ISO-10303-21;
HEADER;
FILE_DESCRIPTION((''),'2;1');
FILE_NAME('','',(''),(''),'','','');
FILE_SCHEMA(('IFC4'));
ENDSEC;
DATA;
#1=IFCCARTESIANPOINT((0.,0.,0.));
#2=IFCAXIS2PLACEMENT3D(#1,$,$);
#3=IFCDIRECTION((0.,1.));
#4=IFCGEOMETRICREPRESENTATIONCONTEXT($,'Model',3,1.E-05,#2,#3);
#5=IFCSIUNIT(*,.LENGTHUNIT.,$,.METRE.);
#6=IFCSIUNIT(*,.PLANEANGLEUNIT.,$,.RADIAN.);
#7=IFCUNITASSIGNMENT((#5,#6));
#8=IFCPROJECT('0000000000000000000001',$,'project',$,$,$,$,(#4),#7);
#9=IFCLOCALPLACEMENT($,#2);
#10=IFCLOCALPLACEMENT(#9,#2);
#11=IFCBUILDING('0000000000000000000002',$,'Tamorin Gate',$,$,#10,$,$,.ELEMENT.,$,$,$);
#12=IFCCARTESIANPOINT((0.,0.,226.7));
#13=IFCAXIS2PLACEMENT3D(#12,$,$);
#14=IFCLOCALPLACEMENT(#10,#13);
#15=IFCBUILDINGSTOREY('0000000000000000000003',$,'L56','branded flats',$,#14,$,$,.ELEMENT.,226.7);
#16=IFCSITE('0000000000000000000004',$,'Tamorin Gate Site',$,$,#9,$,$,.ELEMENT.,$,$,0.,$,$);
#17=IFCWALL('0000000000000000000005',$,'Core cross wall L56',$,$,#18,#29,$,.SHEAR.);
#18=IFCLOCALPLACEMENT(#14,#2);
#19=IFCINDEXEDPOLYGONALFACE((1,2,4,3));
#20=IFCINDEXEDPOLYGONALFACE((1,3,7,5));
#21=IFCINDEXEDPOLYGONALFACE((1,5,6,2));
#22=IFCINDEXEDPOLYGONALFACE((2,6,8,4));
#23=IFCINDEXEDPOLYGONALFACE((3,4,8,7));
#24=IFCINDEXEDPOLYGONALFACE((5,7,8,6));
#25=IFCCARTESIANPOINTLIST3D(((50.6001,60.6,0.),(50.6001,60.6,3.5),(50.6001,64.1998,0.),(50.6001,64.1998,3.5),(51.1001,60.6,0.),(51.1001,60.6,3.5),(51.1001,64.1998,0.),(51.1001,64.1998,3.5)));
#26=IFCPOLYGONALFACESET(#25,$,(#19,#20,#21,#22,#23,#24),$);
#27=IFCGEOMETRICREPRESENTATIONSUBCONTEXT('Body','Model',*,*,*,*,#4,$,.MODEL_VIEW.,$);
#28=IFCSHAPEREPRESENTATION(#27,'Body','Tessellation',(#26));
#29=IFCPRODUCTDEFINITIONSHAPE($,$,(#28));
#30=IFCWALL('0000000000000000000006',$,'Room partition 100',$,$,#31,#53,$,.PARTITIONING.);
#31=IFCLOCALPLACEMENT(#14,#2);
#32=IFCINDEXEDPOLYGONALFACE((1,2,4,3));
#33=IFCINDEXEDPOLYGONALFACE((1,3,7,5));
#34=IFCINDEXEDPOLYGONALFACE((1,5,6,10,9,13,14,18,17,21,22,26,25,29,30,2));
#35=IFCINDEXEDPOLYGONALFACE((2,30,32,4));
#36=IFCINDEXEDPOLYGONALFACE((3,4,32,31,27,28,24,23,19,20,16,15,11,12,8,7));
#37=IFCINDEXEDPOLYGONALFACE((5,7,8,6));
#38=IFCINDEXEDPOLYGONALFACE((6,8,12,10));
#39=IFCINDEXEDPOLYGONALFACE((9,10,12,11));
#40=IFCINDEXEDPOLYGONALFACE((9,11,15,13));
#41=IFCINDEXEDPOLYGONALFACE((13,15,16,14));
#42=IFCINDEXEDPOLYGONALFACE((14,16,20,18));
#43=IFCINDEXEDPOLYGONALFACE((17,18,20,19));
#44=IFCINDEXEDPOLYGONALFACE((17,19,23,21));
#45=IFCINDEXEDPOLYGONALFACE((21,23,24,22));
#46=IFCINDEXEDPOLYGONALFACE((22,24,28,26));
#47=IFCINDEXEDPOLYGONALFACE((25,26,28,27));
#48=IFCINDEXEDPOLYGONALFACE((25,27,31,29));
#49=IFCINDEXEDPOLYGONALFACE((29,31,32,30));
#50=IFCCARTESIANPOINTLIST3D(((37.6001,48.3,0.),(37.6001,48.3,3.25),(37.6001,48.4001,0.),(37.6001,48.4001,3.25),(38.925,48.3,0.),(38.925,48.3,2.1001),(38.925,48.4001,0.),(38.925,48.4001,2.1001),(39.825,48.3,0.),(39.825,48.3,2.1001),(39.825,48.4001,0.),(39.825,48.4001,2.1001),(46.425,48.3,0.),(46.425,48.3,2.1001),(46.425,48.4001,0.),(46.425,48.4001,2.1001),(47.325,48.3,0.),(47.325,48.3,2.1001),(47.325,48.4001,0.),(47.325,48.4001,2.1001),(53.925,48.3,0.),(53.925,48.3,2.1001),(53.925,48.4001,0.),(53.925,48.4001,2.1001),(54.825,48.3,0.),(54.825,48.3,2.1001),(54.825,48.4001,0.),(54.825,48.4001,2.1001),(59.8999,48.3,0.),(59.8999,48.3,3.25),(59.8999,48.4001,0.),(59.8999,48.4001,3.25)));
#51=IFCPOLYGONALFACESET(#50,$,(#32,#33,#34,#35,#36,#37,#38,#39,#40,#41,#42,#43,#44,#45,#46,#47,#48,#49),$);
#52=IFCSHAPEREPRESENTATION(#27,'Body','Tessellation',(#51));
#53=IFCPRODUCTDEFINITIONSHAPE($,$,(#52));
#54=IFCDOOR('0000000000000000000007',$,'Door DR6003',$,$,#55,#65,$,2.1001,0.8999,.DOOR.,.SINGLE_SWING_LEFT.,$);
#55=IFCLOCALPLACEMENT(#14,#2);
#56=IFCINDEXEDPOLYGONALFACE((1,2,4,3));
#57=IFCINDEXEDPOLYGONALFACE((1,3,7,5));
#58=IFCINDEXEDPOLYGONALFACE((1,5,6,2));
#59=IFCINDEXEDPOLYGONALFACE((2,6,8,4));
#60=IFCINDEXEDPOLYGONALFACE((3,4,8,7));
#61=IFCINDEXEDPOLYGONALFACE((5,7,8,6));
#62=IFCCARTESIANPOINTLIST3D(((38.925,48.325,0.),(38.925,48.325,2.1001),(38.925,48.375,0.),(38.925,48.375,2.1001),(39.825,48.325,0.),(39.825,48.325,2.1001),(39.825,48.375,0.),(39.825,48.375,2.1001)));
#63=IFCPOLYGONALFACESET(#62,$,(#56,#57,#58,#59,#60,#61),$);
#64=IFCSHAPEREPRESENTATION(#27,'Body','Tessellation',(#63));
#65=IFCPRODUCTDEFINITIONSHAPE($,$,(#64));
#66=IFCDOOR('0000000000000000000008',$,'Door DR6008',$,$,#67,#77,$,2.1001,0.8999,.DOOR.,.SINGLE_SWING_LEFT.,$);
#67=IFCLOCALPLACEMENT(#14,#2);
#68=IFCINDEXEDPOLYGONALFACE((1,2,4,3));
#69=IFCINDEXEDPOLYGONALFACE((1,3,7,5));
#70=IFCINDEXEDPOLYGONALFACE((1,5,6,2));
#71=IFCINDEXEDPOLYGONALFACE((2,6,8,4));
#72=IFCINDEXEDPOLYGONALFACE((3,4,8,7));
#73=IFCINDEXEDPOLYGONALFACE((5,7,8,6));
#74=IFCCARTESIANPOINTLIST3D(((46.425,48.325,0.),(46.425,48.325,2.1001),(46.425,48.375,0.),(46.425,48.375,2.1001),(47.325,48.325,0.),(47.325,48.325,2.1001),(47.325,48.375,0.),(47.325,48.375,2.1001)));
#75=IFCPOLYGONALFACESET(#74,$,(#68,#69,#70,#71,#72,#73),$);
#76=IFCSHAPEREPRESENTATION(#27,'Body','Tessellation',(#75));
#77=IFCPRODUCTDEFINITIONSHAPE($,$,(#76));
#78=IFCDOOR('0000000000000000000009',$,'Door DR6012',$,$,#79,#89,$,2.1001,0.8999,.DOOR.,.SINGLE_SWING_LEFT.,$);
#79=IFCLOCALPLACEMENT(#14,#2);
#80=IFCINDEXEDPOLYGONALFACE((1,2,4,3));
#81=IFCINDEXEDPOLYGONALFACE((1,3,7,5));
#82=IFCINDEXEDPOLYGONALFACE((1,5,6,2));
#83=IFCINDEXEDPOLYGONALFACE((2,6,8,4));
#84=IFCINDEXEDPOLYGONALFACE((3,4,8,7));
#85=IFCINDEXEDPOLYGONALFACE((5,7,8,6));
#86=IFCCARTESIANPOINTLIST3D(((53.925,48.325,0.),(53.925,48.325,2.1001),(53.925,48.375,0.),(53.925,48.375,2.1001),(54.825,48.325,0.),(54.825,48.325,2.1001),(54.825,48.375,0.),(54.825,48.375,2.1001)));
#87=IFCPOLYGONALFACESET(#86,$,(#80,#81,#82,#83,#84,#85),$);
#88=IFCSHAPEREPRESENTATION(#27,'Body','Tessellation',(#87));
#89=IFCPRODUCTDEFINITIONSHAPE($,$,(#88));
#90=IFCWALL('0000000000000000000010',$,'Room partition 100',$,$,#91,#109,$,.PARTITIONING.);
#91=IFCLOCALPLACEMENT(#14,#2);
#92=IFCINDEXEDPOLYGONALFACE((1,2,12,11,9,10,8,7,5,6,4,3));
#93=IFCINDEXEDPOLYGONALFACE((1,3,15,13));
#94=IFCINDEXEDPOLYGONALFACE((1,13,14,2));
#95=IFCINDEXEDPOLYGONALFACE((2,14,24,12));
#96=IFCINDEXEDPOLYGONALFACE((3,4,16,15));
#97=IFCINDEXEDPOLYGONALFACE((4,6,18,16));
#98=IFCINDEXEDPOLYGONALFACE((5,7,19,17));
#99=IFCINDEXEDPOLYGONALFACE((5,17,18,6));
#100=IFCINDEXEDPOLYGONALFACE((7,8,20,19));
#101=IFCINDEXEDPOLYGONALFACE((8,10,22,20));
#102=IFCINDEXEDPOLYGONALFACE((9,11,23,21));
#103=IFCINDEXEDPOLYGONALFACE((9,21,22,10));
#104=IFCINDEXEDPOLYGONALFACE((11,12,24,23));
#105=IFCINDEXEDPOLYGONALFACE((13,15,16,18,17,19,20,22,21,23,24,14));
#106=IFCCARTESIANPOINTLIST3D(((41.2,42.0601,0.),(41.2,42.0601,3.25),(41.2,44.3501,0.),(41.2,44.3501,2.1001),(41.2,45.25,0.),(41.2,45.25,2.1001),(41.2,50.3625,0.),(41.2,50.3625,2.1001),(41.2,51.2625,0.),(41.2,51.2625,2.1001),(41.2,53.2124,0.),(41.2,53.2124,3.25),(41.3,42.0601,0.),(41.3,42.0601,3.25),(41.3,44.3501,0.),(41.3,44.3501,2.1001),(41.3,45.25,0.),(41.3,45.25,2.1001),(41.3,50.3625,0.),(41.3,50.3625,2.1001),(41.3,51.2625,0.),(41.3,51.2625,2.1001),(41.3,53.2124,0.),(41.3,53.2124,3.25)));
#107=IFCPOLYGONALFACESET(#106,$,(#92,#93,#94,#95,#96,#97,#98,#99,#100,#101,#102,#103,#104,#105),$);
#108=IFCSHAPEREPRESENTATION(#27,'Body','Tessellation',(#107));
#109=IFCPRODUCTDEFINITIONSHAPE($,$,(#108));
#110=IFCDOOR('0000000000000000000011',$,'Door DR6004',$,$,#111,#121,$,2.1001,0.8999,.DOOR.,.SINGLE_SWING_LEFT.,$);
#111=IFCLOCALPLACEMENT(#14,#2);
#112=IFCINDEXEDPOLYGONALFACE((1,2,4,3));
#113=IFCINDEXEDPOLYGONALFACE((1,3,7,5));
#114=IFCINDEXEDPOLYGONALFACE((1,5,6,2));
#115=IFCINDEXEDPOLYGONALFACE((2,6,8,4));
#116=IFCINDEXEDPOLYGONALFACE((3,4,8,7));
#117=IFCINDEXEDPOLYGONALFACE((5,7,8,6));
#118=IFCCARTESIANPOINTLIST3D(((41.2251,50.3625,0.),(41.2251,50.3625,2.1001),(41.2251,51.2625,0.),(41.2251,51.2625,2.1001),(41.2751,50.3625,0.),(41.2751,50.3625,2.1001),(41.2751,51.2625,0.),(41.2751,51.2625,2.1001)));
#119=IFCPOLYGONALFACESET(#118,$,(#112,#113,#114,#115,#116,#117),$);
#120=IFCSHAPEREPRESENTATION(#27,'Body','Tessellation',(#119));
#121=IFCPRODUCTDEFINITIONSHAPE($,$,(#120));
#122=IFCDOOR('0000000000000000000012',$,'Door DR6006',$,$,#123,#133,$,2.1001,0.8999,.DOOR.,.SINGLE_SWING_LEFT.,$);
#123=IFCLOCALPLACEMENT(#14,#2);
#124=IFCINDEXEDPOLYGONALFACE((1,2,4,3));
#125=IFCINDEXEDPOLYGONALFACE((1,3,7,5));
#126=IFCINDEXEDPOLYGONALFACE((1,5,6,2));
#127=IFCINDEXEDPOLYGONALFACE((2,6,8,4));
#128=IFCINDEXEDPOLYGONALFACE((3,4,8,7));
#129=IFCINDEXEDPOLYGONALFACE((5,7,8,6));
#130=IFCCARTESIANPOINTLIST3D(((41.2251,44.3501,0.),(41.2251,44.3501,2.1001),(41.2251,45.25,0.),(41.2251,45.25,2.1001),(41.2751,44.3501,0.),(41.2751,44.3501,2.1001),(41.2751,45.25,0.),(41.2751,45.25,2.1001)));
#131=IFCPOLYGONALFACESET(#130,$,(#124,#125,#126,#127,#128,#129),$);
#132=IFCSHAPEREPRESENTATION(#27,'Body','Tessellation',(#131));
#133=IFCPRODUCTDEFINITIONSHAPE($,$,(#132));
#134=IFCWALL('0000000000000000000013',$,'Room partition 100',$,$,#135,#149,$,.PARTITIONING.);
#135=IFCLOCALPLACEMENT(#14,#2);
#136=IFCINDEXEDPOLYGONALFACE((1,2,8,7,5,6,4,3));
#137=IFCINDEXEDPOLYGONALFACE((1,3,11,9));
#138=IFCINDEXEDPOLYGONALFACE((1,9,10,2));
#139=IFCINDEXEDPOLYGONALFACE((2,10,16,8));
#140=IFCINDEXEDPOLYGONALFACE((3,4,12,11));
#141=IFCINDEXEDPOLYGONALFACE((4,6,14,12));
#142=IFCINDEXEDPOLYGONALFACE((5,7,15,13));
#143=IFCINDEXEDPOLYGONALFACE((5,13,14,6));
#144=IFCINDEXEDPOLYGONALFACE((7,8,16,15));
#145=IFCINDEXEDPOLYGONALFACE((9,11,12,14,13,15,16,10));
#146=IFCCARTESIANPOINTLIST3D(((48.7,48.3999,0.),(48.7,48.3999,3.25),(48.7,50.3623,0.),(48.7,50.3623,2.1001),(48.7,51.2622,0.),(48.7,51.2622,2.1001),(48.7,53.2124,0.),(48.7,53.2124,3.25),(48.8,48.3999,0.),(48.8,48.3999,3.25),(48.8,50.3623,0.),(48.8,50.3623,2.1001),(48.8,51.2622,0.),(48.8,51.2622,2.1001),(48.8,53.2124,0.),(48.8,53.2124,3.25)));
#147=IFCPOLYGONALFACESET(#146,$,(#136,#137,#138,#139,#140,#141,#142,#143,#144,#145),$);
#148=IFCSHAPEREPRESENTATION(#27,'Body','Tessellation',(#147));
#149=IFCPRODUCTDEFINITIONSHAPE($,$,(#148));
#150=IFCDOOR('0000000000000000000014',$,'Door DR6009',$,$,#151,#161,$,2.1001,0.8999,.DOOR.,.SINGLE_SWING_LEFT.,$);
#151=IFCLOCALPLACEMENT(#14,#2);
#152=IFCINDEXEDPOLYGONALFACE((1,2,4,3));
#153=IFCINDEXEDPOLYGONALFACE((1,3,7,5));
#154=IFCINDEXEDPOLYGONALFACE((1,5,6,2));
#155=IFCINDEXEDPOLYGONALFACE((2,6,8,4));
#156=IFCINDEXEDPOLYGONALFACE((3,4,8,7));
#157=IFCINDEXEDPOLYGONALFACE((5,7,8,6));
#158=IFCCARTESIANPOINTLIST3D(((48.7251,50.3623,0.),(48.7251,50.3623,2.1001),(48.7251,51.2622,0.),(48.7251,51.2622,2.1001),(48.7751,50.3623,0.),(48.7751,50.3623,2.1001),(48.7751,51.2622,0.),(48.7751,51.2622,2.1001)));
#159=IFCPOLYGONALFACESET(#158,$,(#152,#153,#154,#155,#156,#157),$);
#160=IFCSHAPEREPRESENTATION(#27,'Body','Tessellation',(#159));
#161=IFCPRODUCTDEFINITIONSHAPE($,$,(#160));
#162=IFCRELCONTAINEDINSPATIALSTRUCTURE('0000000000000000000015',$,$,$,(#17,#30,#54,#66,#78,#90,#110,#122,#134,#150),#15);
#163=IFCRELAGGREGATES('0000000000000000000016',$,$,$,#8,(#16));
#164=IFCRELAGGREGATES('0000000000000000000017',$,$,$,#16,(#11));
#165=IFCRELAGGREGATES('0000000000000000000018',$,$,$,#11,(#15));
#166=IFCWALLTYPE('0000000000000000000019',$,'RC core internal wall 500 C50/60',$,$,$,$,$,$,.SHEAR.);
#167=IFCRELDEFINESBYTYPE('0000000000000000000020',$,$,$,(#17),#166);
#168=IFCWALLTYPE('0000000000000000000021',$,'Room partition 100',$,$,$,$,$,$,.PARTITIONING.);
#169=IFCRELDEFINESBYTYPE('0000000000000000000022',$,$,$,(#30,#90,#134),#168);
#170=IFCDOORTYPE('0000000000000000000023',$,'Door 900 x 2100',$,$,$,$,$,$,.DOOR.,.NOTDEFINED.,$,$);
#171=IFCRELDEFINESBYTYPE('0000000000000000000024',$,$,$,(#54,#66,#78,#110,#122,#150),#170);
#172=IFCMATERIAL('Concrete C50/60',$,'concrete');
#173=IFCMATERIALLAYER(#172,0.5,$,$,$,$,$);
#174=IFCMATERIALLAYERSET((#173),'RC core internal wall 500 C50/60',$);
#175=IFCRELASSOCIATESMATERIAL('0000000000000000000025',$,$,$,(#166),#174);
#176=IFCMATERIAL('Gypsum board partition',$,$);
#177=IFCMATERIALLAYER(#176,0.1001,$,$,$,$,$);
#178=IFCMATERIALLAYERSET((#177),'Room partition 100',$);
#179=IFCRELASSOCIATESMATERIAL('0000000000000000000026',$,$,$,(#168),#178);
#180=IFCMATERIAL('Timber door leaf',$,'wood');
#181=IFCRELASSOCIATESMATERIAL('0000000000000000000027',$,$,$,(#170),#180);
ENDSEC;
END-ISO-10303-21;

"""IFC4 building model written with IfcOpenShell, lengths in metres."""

from ifc_helpers import new_model, si_unit, direction, frame, frame_2d, origin, place, context, subcontext, project, spatial, rectangle, extrude, material, layer, layer_set, type_object, element, fill, save


model = new_model("IFC4")

# Units and contexts
model_context = context("Model", 3, precision=1e-05, world=origin(), true_north=direction((0.0, 1.0)))
body_context = subcontext(model_context, "Body", "Model", "MODEL_VIEW")
ifc_project = project(units=[si_unit("LENGTHUNIT", "METRE"), si_unit("PLANEANGLEUNIT", "RADIAN")], contexts=[model_context])

# Site, building, storey
site_placement = place(None, origin())
site = spatial("IfcSite", under=ifc_project, at=site_placement, Name="Tamorin Gate Site", CompositionType="ELEMENT", RefElevation=0.0)
building_placement = place(site_placement, origin())
building = spatial("IfcBuilding", under=site, at=building_placement, Name="Tamorin Gate", CompositionType="ELEMENT")
storey_placement = place(building_placement, frame((0.0, 0.0, 226.7)))
storey = spatial("IfcBuildingStorey", under=building, at=storey_placement, Name="L56", Description="branded flats", CompositionType="ELEMENT", Elevation=226.7)

# Shared definitions
ifc_material_1 = material(Name="Concrete C50/60", Category="concrete")

# Wall
ifc_material_2 = material(Name="Gypsum board partition")
ifc_layer_1 = layer(ifc_material_1, 0.5)
ifc_layer_set_1 = layer_set([ifc_layer_1], Name="RC core internal wall 500 C50/60")
wall_type_1 = type_object("IfcWallType", Name="RC core internal wall 500 C50/60", PredefinedType="SHEAR", material=ifc_layer_set_1)
wall_1_placement = place(storey_placement, frame((50.8501, 60.6001, 0.0), z_axis=(0.0, 0.0, 1.0), x_axis=(0.0, 1.0, 0.0)))
element("IfcWall", 1, at=wall_1_placement, inside=storey, type_object=wall_type_1, Name="Core cross wall L56", PredefinedType="SHEAR", context=body_context, shape_type="SweptSolid", body=[
    extrude(rectangle(XDim=3.5999, YDim=0.5, at=frame_2d((1.7998, 0.0))), origin(), (0.0, 0.0, 1.0), 3.5),
])

# Walls, openings, doors
ifc_layer_2 = layer(ifc_material_2, 0.1001)
ifc_layer_set_2 = layer_set([ifc_layer_2], Name="Room partition 100")
wall_type_2 = type_object("IfcWallType", Name="Room partition 100", PredefinedType="PARTITIONING", material=ifc_layer_set_2)
wall_2_placement = place(storey_placement, frame((37.6001, 48.3501, 0.0), z_axis=(0.0, 0.0, 1.0), x_axis=(1.0, 0.0, 0.0)))
wall_2 = element("IfcWall", 2, at=wall_2_placement, inside=storey, type_object=wall_type_2, Name="Room partition 100", PredefinedType="PARTITIONING", context=body_context, shape_type="SweptSolid", body=[
    extrude(rectangle(XDim=22.2998, YDim=0.1001, at=frame_2d((11.1499, 0.0))), origin(), (0.0, 0.0, 1.0), 3.25),
])
opening_1_placement = place(wall_2_placement, frame((1.325, 0.0, 0.0)))
opening_1 = element("IfcOpeningElement", 3, at=opening_1_placement, cuts=wall_2, PredefinedType="OPENING", context=body_context, shape_type="SweptSolid", body=[
    extrude(rectangle(XDim=0.8999, YDim=2.1001, at=frame_2d((0.45, 1.05))), frame((0.0, 0.0601, 0.0), z_axis=(0.0, -1.0, 0.0), x_axis=(1.0, 0.0, 0.0)), (0.0, 0.0, 1.0), 0.1201),
])
opening_2_placement = place(wall_2_placement, frame((8.825, 0.0, 0.0)))
opening_2 = element("IfcOpeningElement", 4, at=opening_2_placement, cuts=wall_2, PredefinedType="OPENING", context=body_context, shape_type="SweptSolid", body=[
    extrude(rectangle(XDim=0.8999, YDim=2.1001, at=frame_2d((0.45, 1.05))), frame((0.0, 0.0601, 0.0), z_axis=(0.0, -1.0, 0.0), x_axis=(1.0, 0.0, 0.0)), (0.0, 0.0, 1.0), 0.1201),
])
opening_3_placement = place(wall_2_placement, frame((16.325, 0.0, 0.0)))
opening_3 = element("IfcOpeningElement", 5, at=opening_3_placement, cuts=wall_2, PredefinedType="OPENING", context=body_context, shape_type="SweptSolid", body=[
    extrude(rectangle(XDim=0.8999, YDim=2.1001, at=frame_2d((0.45, 1.05))), frame((0.0, 0.0601, 0.0), z_axis=(0.0, -1.0, 0.0), x_axis=(1.0, 0.0, 0.0)), (0.0, 0.0, 1.0), 0.1201),
])
ifc_material_3 = material(Name="Timber door leaf", Category="wood")
door_type = type_object("IfcDoorType", Name="Door 900 x 2100", OperationType="NOTDEFINED", PredefinedType="DOOR", material=ifc_material_3)
door_1_placement = place(opening_1_placement, origin())
door_1 = element("IfcDoor", 6, at=door_1_placement, inside=storey, type_object=door_type, Name="Door DR6003", OperationType="SINGLE_SWING_LEFT", OverallHeight=2.1001, OverallWidth=0.8999, PredefinedType="DOOR", context=body_context, shape_type="SweptSolid", body=[
    extrude(rectangle(XDim=0.8999, YDim=2.1001, at=frame_2d((0.45, 1.05))), frame((0.0, 0.0249, 0.0), z_axis=(0.0, -1.0, 0.0), x_axis=(1.0, 0.0, 0.0)), (0.0, 0.0, 1.0), 0.05),
])
fill(opening_1, door_1)
door_2_placement = place(opening_2_placement, origin())
door_2 = element("IfcDoor", 7, at=door_2_placement, inside=storey, type_object=door_type, Name="Door DR6008", OperationType="SINGLE_SWING_LEFT", OverallHeight=2.1001, OverallWidth=0.8999, PredefinedType="DOOR", context=body_context, shape_type="SweptSolid", body=[
    extrude(rectangle(XDim=0.8999, YDim=2.1001, at=frame_2d((0.45, 1.05))), frame((0.0, 0.0249, 0.0), z_axis=(0.0, -1.0, 0.0), x_axis=(1.0, 0.0, 0.0)), (0.0, 0.0, 1.0), 0.05),
])
fill(opening_2, door_2)
door_3_placement = place(opening_3_placement, origin())
door_3 = element("IfcDoor", 8, at=door_3_placement, inside=storey, type_object=door_type, Name="Door DR6012", OperationType="SINGLE_SWING_LEFT", OverallHeight=2.1001, OverallWidth=0.8999, PredefinedType="DOOR", context=body_context, shape_type="SweptSolid", body=[
    extrude(rectangle(XDim=0.8999, YDim=2.1001, at=frame_2d((0.45, 1.05))), frame((0.0, 0.0249, 0.0), z_axis=(0.0, -1.0, 0.0), x_axis=(1.0, 0.0, 0.0)), (0.0, 0.0, 1.0), 0.05),
])
fill(opening_3, door_3)
wall_3_placement = place(storey_placement, frame((41.25, 42.0601, 0.0), z_axis=(0.0, 0.0, 1.0), x_axis=(0.0, 1.0, 0.0)))
wall_3 = element("IfcWall", 9, at=wall_3_placement, inside=storey, type_object=wall_type_2, Name="Room partition 100", PredefinedType="PARTITIONING", context=body_context, shape_type="SweptSolid", body=[
    extrude(rectangle(XDim=11.1523, YDim=0.1001, at=frame_2d((5.5762, 0.0))), origin(), (0.0, 0.0, 1.0), 3.25),
])
opening_4_placement = place(wall_3_placement, frame((8.3025, 0.0, 0.0)))
opening_4 = element("IfcOpeningElement", 10, at=opening_4_placement, cuts=wall_3, PredefinedType="OPENING", context=body_context, shape_type="SweptSolid", body=[
    extrude(rectangle(XDim=0.8999, YDim=2.1001, at=frame_2d((0.45, 1.05))), frame((0.0, 0.0601, 0.0), z_axis=(0.0, -1.0, 0.0), x_axis=(1.0, 0.0, 0.0)), (0.0, 0.0, 1.0), 0.1201),
])
opening_5_placement = place(wall_3_placement, frame((2.29, 0.0, 0.0)))
opening_5 = element("IfcOpeningElement", 11, at=opening_5_placement, cuts=wall_3, PredefinedType="OPENING", context=body_context, shape_type="SweptSolid", body=[
    extrude(rectangle(XDim=0.8999, YDim=2.1001, at=frame_2d((0.45, 1.05))), frame((0.0, 0.0601, 0.0), z_axis=(0.0, -1.0, 0.0), x_axis=(1.0, 0.0, 0.0)), (0.0, 0.0, 1.0), 0.1201),
])
door_4_placement = place(opening_4_placement, origin())
door_4 = element("IfcDoor", 12, at=door_4_placement, inside=storey, type_object=door_type, Name="Door DR6004", OperationType="SINGLE_SWING_LEFT", OverallHeight=2.1001, OverallWidth=0.8999, PredefinedType="DOOR", context=body_context, shape_type="SweptSolid", body=[
    extrude(rectangle(XDim=0.8999, YDim=2.1001, at=frame_2d((0.45, 1.05))), frame((0.0, 0.0249, 0.0), z_axis=(0.0, -1.0, 0.0), x_axis=(1.0, 0.0, 0.0)), (0.0, 0.0, 1.0), 0.05),
])
fill(opening_4, door_4)
door_5_placement = place(opening_5_placement, origin())
door_5 = element("IfcDoor", 13, at=door_5_placement, inside=storey, type_object=door_type, Name="Door DR6006", OperationType="SINGLE_SWING_LEFT", OverallHeight=2.1001, OverallWidth=0.8999, PredefinedType="DOOR", context=body_context, shape_type="SweptSolid", body=[
    extrude(rectangle(XDim=0.8999, YDim=2.1001, at=frame_2d((0.45, 1.05))), frame((0.0, 0.0249, 0.0), z_axis=(0.0, -1.0, 0.0), x_axis=(1.0, 0.0, 0.0)), (0.0, 0.0, 1.0), 0.05),
])
fill(opening_5, door_5)

# Wall, opening, door
wall_4_placement = place(storey_placement, frame((48.75, 48.3999, 0.0), z_axis=(0.0, 0.0, 1.0), x_axis=(0.0, 1.0, 0.0)))
wall_4 = element("IfcWall", 14, at=wall_4_placement, inside=storey, type_object=wall_type_2, Name="Room partition 100", PredefinedType="PARTITIONING", context=body_context, shape_type="SweptSolid", body=[
    extrude(rectangle(XDim=4.8125, YDim=0.1001, at=frame_2d((2.4062, 0.0))), origin(), (0.0, 0.0, 1.0), 3.25),
])
opening_6_placement = place(wall_4_placement, frame((1.9624, 0.0, 0.0)))
opening_6 = element("IfcOpeningElement", 15, at=opening_6_placement, cuts=wall_4, PredefinedType="OPENING", context=body_context, shape_type="SweptSolid", body=[
    extrude(rectangle(XDim=0.8999, YDim=2.1001, at=frame_2d((0.45, 1.05))), frame((0.0, 0.0601, 0.0), z_axis=(0.0, -1.0, 0.0), x_axis=(1.0, 0.0, 0.0)), (0.0, 0.0, 1.0), 0.1201),
])
door_6_placement = place(opening_6_placement, origin())
door_6 = element("IfcDoor", 16, at=door_6_placement, inside=storey, type_object=door_type, Name="Door DR6009", OperationType="SINGLE_SWING_LEFT", OverallHeight=2.1001, OverallWidth=0.8999, PredefinedType="DOOR", context=body_context, shape_type="SweptSolid", body=[
    extrude(rectangle(XDim=0.8999, YDim=2.1001, at=frame_2d((0.45, 1.05))), frame((0.0, 0.0249, 0.0), z_axis=(0.0, -1.0, 0.0), x_axis=(1.0, 0.0, 0.0)), (0.0, 0.0, 1.0), 0.05),
])
fill(opening_6, door_6)

save(model, "model.ifc")
